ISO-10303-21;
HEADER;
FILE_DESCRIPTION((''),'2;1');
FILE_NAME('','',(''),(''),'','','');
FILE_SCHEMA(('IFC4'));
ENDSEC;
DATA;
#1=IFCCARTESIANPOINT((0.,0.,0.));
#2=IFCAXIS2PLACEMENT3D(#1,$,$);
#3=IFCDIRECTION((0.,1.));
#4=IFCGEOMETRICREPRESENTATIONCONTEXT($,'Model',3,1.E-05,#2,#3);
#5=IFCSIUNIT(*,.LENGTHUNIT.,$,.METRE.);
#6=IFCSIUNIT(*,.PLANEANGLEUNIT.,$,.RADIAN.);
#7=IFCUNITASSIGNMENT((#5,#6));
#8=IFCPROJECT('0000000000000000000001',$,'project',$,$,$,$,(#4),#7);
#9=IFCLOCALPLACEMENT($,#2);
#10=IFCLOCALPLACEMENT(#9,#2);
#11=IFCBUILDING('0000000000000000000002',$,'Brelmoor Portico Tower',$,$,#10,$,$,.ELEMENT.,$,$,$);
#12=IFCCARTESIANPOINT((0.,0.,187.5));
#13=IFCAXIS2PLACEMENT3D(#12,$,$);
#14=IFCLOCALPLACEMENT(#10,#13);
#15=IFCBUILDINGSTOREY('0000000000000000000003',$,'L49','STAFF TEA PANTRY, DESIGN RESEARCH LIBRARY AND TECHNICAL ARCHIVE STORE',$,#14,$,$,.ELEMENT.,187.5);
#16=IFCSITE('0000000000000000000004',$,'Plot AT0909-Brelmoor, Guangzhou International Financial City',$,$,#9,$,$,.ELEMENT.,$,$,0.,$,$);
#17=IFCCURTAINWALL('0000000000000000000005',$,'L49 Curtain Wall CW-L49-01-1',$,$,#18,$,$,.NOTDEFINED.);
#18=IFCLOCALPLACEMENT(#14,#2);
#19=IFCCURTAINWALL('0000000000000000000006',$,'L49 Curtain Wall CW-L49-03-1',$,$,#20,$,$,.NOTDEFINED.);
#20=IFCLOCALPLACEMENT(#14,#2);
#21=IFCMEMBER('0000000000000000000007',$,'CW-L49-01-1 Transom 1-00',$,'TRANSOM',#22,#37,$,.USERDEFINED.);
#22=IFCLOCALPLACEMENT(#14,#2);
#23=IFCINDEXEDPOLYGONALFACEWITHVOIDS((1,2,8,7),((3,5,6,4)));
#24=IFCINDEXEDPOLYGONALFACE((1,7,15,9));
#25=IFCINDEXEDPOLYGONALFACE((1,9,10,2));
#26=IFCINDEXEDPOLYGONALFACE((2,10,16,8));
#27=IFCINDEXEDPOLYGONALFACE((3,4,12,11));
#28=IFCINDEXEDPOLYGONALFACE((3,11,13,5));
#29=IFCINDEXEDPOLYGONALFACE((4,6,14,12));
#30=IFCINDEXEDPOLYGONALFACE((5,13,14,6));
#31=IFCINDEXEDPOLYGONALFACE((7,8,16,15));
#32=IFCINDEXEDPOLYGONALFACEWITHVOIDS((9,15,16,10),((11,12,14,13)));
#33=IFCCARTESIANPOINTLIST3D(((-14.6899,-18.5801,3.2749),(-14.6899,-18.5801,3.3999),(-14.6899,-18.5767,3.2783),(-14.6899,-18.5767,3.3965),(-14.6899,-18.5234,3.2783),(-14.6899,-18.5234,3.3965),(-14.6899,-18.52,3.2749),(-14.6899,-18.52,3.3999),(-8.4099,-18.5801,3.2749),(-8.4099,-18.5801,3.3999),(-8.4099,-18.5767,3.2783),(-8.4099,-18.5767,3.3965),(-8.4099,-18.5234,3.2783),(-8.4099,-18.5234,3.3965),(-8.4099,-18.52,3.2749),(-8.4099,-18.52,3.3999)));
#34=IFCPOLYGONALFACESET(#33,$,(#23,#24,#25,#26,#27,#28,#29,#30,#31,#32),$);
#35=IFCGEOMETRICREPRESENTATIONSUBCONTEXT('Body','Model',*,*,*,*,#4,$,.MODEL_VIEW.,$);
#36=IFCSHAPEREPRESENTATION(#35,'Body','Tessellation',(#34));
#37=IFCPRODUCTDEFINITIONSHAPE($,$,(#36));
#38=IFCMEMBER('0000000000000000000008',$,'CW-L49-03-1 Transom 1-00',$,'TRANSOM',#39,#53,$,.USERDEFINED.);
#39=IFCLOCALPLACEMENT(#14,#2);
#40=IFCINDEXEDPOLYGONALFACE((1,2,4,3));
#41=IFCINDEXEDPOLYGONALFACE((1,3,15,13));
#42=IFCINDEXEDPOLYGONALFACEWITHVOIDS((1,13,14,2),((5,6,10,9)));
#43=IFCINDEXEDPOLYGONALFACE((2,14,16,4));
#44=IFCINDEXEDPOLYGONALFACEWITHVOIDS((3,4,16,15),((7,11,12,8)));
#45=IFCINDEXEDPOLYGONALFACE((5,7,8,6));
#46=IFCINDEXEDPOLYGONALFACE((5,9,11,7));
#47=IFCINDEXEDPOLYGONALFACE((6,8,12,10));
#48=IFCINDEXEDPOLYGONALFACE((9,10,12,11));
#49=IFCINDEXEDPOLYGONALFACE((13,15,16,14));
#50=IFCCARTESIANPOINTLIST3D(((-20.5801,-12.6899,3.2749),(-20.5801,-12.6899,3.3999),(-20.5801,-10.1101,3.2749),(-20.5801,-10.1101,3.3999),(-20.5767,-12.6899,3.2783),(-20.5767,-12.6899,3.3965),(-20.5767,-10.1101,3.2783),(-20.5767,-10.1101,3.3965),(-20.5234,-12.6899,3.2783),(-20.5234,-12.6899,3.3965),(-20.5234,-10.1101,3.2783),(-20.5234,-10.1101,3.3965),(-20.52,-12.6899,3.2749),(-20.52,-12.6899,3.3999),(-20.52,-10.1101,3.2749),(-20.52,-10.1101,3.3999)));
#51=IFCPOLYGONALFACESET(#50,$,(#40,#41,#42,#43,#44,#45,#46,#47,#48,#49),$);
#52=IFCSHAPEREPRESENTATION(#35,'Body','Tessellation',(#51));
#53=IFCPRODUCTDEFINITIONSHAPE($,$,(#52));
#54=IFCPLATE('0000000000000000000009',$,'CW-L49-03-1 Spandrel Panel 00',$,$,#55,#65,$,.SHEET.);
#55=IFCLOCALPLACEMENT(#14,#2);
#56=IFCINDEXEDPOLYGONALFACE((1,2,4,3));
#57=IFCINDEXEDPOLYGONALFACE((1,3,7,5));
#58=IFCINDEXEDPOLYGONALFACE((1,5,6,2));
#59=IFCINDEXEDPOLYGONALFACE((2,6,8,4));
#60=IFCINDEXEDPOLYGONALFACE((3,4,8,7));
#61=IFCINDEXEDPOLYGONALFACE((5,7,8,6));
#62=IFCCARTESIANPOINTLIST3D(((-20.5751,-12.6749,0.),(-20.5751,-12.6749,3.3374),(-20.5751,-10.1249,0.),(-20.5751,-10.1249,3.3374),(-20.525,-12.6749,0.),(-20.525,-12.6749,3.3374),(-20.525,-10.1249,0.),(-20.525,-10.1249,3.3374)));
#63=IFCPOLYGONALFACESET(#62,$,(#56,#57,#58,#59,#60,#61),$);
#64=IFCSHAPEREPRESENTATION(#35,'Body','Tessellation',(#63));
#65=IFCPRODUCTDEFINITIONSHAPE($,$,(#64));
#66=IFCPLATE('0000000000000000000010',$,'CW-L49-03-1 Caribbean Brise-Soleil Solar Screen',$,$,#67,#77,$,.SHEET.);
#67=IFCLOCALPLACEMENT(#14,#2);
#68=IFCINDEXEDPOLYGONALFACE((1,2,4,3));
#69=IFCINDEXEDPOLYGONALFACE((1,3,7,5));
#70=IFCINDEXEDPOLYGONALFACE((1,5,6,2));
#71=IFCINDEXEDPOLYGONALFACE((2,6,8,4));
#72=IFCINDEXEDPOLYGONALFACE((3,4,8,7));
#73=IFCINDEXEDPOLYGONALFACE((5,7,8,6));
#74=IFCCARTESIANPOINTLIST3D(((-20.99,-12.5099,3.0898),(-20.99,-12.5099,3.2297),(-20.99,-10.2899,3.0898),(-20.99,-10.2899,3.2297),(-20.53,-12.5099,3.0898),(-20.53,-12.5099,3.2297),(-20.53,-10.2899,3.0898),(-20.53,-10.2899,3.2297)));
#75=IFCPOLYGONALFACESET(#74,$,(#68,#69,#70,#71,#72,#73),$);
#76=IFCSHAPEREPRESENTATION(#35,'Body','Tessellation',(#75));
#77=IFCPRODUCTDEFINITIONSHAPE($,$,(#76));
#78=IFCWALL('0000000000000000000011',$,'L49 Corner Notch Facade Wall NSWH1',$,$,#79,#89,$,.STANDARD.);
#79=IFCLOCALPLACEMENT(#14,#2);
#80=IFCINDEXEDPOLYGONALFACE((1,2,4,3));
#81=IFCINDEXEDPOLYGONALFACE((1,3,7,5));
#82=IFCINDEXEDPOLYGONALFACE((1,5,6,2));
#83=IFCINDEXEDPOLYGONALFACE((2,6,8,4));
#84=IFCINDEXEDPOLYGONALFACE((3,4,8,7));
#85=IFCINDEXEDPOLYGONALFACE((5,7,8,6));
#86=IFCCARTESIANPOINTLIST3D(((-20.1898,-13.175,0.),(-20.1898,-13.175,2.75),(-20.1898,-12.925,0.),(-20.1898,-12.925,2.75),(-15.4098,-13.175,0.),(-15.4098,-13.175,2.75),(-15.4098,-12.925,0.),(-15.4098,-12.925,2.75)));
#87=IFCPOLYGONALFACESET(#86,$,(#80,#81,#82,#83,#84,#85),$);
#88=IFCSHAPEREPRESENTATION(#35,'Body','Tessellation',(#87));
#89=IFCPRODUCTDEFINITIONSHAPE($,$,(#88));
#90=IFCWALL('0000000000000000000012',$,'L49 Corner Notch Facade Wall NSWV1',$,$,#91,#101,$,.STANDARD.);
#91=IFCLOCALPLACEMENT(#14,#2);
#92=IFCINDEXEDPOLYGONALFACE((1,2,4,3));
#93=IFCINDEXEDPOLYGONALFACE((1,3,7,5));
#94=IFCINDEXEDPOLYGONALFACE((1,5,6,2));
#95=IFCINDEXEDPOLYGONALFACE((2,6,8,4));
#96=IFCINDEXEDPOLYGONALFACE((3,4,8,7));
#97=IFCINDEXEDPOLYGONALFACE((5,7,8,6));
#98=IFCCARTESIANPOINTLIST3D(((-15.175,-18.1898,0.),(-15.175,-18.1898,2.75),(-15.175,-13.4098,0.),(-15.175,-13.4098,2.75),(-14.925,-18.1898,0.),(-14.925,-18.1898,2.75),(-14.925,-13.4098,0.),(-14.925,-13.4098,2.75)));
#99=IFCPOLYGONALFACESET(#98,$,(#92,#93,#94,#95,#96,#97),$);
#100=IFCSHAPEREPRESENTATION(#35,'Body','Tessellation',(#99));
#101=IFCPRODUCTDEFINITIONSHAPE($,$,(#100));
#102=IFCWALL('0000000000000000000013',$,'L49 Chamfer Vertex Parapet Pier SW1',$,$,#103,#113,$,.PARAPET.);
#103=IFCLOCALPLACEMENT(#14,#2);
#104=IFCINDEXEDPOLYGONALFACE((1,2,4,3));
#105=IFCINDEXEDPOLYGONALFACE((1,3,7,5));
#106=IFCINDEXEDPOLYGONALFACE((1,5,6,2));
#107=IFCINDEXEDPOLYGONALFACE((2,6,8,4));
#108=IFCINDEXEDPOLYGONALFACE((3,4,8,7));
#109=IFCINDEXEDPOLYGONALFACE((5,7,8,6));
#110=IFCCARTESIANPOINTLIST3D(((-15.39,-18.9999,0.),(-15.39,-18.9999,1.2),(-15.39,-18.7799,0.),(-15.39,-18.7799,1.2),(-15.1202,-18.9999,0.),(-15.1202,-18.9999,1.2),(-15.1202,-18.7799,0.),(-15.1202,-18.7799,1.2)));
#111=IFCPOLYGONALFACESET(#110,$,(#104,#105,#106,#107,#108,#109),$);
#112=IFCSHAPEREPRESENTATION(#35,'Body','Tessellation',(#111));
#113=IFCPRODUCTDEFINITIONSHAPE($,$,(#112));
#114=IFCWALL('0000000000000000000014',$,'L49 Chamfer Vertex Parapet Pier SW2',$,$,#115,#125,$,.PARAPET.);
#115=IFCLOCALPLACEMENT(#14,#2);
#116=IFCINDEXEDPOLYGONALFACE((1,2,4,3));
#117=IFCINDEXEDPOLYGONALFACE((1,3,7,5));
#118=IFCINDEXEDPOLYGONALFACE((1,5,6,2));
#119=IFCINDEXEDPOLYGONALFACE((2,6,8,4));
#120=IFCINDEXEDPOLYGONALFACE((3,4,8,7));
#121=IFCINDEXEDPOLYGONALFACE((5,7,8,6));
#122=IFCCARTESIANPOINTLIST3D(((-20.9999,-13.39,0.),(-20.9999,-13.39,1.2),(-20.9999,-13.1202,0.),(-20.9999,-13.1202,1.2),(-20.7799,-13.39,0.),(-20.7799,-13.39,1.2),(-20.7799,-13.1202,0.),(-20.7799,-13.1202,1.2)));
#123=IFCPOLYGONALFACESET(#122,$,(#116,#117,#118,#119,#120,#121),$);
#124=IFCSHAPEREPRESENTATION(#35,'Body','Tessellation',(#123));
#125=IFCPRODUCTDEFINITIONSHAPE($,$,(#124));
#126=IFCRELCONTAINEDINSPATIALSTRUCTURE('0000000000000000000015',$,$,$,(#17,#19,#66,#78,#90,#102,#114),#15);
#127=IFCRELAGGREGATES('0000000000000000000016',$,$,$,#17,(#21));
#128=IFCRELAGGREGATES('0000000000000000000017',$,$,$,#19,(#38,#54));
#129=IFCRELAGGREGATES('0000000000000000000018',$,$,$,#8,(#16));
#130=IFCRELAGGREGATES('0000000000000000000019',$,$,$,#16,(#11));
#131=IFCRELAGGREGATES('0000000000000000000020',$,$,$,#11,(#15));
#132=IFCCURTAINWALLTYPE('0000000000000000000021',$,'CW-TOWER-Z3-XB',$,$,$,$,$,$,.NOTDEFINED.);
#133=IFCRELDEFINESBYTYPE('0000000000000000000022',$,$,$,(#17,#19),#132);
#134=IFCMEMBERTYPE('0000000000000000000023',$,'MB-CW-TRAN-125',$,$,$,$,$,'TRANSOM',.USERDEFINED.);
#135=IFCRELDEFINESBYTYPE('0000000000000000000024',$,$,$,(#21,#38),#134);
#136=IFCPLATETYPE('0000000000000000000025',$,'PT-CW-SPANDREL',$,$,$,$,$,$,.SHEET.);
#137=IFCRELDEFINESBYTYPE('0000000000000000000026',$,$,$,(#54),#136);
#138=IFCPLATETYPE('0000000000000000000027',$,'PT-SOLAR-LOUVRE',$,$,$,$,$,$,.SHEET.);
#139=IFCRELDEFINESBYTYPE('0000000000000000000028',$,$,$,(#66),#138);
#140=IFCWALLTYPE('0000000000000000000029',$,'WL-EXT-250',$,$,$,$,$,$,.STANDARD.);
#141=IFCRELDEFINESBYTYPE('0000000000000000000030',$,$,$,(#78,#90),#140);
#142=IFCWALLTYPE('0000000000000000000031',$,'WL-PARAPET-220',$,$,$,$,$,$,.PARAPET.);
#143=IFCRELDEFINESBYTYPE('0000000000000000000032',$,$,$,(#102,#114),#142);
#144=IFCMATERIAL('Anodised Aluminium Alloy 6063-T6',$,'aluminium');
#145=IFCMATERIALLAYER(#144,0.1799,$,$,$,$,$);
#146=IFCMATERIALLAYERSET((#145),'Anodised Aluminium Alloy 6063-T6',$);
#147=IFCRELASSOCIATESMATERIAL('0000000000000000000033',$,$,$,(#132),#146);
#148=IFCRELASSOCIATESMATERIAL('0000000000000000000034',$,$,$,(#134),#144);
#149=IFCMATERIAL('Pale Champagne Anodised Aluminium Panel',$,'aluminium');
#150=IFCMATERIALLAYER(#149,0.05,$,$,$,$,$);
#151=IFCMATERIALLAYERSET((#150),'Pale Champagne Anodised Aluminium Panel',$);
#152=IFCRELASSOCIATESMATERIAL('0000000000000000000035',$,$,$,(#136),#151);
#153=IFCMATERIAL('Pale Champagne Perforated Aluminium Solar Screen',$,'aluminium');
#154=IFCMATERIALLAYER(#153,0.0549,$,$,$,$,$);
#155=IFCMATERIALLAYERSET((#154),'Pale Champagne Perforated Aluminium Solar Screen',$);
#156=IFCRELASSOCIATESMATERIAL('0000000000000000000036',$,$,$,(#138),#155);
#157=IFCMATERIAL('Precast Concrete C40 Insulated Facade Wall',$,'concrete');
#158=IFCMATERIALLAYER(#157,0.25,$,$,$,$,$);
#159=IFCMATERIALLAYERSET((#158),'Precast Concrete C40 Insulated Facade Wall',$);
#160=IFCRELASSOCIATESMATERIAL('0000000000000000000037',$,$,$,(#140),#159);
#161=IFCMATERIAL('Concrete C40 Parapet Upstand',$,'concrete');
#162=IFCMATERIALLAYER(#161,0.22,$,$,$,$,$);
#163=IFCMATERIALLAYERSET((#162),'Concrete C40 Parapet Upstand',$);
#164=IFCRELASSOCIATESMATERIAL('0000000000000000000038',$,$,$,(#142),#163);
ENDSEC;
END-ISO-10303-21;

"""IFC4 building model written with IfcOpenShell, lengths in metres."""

from ifc_helpers import new_model, si_unit, direction, frame, frame_2d, origin, origin_2d, place, context, subcontext, project, spatial, rectangle, hollow_rectangle, extrude, material, layer, layer_set, material_profile, profile_set, type_object, element, aggregate, save


model = new_model("IFC4")

# Units and contexts
model_context = context("Model", 3, precision=1e-05, world=origin(), true_north=direction((0.0, 1.0)))
body_context = subcontext(model_context, "Body", "Model", "MODEL_VIEW")
ifc_project = project(units=[si_unit("LENGTHUNIT", "METRE"), si_unit("PLANEANGLEUNIT", "RADIAN")], contexts=[model_context])

# Site, building, storey
site_placement = place(None, origin())
site = spatial("IfcSite", under=ifc_project, at=site_placement, Name="Plot AT0909-Brelmoor, Guangzhou International Financial City", CompositionType="ELEMENT", RefElevation=0.0)
building_placement = place(site_placement, origin())
building = spatial("IfcBuilding", under=site, at=building_placement, Name="Brelmoor Portico Tower", CompositionType="ELEMENT")
storey_placement = place(building_placement, frame((0.0, 0.0, 187.5)))
storey = spatial("IfcBuildingStorey", under=building, at=storey_placement, Name="L49", Description="STAFF TEA PANTRY, DESIGN RESEARCH LIBRARY AND TECHNICAL ARCHIVE STORE", CompositionType="ELEMENT", Elevation=187.5)

# Curtain wall
ifc_material_1 = material(Name="Anodised Aluminium Alloy 6063-T6", Category="aluminium")
ifc_layer_1 = layer(ifc_material_1, 0.1799)
ifc_layer_set_1 = layer_set([ifc_layer_1], Name="Anodised Aluminium Alloy 6063-T6")
curtain_wall_type = type_object("IfcCurtainWallType", Name="CW-TOWER-Z3-XB", PredefinedType="NOTDEFINED", material=ifc_layer_set_1)
curtain_wall_1_placement = place(storey_placement, origin())
curtain_wall_1 = element("IfcCurtainWall", 1, at=curtain_wall_1_placement, inside=storey, type_object=curtain_wall_type, Name="L49 Curtain Wall CW-L49-01-1", PredefinedType="NOTDEFINED")

# Curtain wall
curtain_wall_2_placement = place(storey_placement, origin())
curtain_wall_2 = element("IfcCurtainWall", 2, at=curtain_wall_2_placement, inside=storey, type_object=curtain_wall_type, Name="L49 Curtain Wall CW-L49-03-1", PredefinedType="NOTDEFINED")

# Members
ifc_material_profile_1 = material_profile(ifc_material_1, hollow_rectangle(XDim=0.0601, YDim=0.125, WallThickness=0.0034, at=origin_2d()), Name="ALU TRANSOM 60x125")
ifc_profile_set_1 = profile_set([ifc_material_profile_1], Name="Anodised Aluminium Alloy 6063-T6")
member_type_1 = type_object("IfcMemberType", Name="MB-CW-TRAN-125", ElementType="TRANSOM", PredefinedType="USERDEFINED", material=ifc_profile_set_1)
member_1_placement = place(storey_placement, frame((-14.6899, -18.55, 3.3374), z_axis=(1.0, 0.0, 0.0), x_axis=(0.0, 1.0, 0.0)))
member_1 = element("IfcMember", 3, at=member_1_placement, type_object=member_type_1, Name="CW-L49-01-1 Transom 1-00", ObjectType="TRANSOM", PredefinedType="USERDEFINED", context=body_context, shape_type="SweptSolid", body=[
    extrude(hollow_rectangle(XDim=0.0601, YDim=0.125, WallThickness=0.0034, at=origin_2d()), origin(), (0.0, 0.0, 1.0), 6.28),
])
aggregate(curtain_wall_1, [member_1])
member_2_placement = place(storey_placement, frame((-20.55, -12.6899, 3.3374), z_axis=(0.0, 1.0, 0.0), x_axis=(-1.0, 0.0, 0.0)))
member_2 = element("IfcMember", 4, at=member_2_placement, type_object=member_type_1, Name="CW-L49-03-1 Transom 1-00", ObjectType="TRANSOM", PredefinedType="USERDEFINED", context=body_context, shape_type="SweptSolid", body=[
    extrude(hollow_rectangle(XDim=0.0601, YDim=0.125, WallThickness=0.0034, at=origin_2d()), origin(), (0.0, 0.0, 1.0), 2.5798),
])

# Plates
ifc_material_2 = material(Name="Pale Champagne Anodised Aluminium Panel", Category="aluminium")
ifc_layer_2 = layer(ifc_material_2, 0.05)
ifc_layer_set_2 = layer_set([ifc_layer_2], Name="Pale Champagne Anodised Aluminium Panel")
plate_type_1 = type_object("IfcPlateType", Name="PT-CW-SPANDREL", PredefinedType="SHEET", material=ifc_layer_set_2)
plate_1_placement = place(storey_placement, frame((-20.55, -11.3999, 0.0), z_axis=(0.0, 0.0, 1.0), x_axis=(0.0, 1.0, 0.0)))
plate_1 = element("IfcPlate", 5, at=plate_1_placement, type_object=plate_type_1, Name="CW-L49-03-1 Spandrel Panel 00", PredefinedType="SHEET", context=body_context, shape_type="SweptSolid", body=[
    extrude(rectangle(XDim=2.55, YDim=0.05, at=origin_2d()), origin(), (0.0, 0.0, 1.0), 3.3374),
])
aggregate(curtain_wall_2, [member_2, plate_1])
ifc_material_3 = material(Name="Pale Champagne Perforated Aluminium Solar Screen", Category="aluminium")
ifc_layer_3 = layer(ifc_material_3, 0.0549)
ifc_layer_set_3 = layer_set([ifc_layer_3], Name="Pale Champagne Perforated Aluminium Solar Screen")
plate_type_2 = type_object("IfcPlateType", Name="PT-SOLAR-LOUVRE", PredefinedType="SHEET", material=ifc_layer_set_3)
plate_2_placement = place(storey_placement, frame((-20.76, -11.3999, 3.0898), z_axis=(0.0, 0.0, 1.0), x_axis=(0.0, 1.0, 0.0)))
element("IfcPlate", 6, at=plate_2_placement, inside=storey, type_object=plate_type_2, Name="CW-L49-03-1 Caribbean Brise-Soleil Solar Screen", PredefinedType="SHEET", context=body_context, shape_type="SweptSolid", body=[
    extrude(rectangle(XDim=2.22, YDim=0.46, at=origin_2d()), origin(), (0.0, 0.0, 1.0), 0.1399),
])

# Walls
ifc_material_4 = material(Name="Precast Concrete C40 Insulated Facade Wall", Category="concrete")
ifc_layer_4 = layer(ifc_material_4, 0.25)
ifc_layer_set_4 = layer_set([ifc_layer_4], Name="Precast Concrete C40 Insulated Facade Wall")
wall_type_1 = type_object("IfcWallType", Name="WL-EXT-250", PredefinedType="STANDARD", material=ifc_layer_set_4)
for number, where, z_axis, x_axis, name in (
    (7, (-20.1899, -13.05, 0.0), (0.0, 0.0, 1.0), (1.0, 0.0, 0.0), "L49 Corner Notch Facade Wall NSWH1"),
    (8, (-15.05, -18.1899, 0.0), (0.0, 0.0, 1.0), (0.0, 1.0, 0.0), "L49 Corner Notch Facade Wall NSWV1"),
):
    element("IfcWall", number, at=place(storey_placement, frame(where, z_axis=z_axis, x_axis=x_axis)), inside=storey, type_object=wall_type_1, Name=name, PredefinedType="STANDARD", context=body_context, shape_type="SweptSolid", body=[
        extrude(rectangle(XDim=4.78, YDim=0.25, at=frame_2d((2.3901, 0.0))), origin(), (0.0, 0.0, 1.0), 2.75),
    ])
ifc_material_5 = material(Name="Concrete C40 Parapet Upstand", Category="concrete")
ifc_layer_5 = layer(ifc_material_5, 0.22)
ifc_layer_set_5 = layer_set([ifc_layer_5], Name="Concrete C40 Parapet Upstand")
wall_type_2 = type_object("IfcWallType", Name="WL-PARAPET-220", PredefinedType="PARAPET", material=ifc_layer_set_5)
for number, where, z_axis, x_axis, name in (
    (9, (-15.3899, -18.8899, 0.0), (0.0, 0.0, 1.0), (1.0, 0.0, 0.0), "L49 Chamfer Vertex Parapet Pier SW1"),
    (10, (-20.8899, -13.3899, 0.0), (0.0, 0.0, 1.0), (0.0, 1.0, 0.0), "L49 Chamfer Vertex Parapet Pier SW2"),
):
    element("IfcWall", number, at=place(storey_placement, frame(where, z_axis=z_axis, x_axis=x_axis)), inside=storey, type_object=wall_type_2, Name=name, PredefinedType="PARAPET", context=body_context, shape_type="SweptSolid", body=[
        extrude(rectangle(XDim=0.2698, YDim=0.22, at=frame_2d((0.1348, 0.0))), origin(), (0.0, 0.0, 1.0), 1.2),
    ])

save(model, "model.ifc")
